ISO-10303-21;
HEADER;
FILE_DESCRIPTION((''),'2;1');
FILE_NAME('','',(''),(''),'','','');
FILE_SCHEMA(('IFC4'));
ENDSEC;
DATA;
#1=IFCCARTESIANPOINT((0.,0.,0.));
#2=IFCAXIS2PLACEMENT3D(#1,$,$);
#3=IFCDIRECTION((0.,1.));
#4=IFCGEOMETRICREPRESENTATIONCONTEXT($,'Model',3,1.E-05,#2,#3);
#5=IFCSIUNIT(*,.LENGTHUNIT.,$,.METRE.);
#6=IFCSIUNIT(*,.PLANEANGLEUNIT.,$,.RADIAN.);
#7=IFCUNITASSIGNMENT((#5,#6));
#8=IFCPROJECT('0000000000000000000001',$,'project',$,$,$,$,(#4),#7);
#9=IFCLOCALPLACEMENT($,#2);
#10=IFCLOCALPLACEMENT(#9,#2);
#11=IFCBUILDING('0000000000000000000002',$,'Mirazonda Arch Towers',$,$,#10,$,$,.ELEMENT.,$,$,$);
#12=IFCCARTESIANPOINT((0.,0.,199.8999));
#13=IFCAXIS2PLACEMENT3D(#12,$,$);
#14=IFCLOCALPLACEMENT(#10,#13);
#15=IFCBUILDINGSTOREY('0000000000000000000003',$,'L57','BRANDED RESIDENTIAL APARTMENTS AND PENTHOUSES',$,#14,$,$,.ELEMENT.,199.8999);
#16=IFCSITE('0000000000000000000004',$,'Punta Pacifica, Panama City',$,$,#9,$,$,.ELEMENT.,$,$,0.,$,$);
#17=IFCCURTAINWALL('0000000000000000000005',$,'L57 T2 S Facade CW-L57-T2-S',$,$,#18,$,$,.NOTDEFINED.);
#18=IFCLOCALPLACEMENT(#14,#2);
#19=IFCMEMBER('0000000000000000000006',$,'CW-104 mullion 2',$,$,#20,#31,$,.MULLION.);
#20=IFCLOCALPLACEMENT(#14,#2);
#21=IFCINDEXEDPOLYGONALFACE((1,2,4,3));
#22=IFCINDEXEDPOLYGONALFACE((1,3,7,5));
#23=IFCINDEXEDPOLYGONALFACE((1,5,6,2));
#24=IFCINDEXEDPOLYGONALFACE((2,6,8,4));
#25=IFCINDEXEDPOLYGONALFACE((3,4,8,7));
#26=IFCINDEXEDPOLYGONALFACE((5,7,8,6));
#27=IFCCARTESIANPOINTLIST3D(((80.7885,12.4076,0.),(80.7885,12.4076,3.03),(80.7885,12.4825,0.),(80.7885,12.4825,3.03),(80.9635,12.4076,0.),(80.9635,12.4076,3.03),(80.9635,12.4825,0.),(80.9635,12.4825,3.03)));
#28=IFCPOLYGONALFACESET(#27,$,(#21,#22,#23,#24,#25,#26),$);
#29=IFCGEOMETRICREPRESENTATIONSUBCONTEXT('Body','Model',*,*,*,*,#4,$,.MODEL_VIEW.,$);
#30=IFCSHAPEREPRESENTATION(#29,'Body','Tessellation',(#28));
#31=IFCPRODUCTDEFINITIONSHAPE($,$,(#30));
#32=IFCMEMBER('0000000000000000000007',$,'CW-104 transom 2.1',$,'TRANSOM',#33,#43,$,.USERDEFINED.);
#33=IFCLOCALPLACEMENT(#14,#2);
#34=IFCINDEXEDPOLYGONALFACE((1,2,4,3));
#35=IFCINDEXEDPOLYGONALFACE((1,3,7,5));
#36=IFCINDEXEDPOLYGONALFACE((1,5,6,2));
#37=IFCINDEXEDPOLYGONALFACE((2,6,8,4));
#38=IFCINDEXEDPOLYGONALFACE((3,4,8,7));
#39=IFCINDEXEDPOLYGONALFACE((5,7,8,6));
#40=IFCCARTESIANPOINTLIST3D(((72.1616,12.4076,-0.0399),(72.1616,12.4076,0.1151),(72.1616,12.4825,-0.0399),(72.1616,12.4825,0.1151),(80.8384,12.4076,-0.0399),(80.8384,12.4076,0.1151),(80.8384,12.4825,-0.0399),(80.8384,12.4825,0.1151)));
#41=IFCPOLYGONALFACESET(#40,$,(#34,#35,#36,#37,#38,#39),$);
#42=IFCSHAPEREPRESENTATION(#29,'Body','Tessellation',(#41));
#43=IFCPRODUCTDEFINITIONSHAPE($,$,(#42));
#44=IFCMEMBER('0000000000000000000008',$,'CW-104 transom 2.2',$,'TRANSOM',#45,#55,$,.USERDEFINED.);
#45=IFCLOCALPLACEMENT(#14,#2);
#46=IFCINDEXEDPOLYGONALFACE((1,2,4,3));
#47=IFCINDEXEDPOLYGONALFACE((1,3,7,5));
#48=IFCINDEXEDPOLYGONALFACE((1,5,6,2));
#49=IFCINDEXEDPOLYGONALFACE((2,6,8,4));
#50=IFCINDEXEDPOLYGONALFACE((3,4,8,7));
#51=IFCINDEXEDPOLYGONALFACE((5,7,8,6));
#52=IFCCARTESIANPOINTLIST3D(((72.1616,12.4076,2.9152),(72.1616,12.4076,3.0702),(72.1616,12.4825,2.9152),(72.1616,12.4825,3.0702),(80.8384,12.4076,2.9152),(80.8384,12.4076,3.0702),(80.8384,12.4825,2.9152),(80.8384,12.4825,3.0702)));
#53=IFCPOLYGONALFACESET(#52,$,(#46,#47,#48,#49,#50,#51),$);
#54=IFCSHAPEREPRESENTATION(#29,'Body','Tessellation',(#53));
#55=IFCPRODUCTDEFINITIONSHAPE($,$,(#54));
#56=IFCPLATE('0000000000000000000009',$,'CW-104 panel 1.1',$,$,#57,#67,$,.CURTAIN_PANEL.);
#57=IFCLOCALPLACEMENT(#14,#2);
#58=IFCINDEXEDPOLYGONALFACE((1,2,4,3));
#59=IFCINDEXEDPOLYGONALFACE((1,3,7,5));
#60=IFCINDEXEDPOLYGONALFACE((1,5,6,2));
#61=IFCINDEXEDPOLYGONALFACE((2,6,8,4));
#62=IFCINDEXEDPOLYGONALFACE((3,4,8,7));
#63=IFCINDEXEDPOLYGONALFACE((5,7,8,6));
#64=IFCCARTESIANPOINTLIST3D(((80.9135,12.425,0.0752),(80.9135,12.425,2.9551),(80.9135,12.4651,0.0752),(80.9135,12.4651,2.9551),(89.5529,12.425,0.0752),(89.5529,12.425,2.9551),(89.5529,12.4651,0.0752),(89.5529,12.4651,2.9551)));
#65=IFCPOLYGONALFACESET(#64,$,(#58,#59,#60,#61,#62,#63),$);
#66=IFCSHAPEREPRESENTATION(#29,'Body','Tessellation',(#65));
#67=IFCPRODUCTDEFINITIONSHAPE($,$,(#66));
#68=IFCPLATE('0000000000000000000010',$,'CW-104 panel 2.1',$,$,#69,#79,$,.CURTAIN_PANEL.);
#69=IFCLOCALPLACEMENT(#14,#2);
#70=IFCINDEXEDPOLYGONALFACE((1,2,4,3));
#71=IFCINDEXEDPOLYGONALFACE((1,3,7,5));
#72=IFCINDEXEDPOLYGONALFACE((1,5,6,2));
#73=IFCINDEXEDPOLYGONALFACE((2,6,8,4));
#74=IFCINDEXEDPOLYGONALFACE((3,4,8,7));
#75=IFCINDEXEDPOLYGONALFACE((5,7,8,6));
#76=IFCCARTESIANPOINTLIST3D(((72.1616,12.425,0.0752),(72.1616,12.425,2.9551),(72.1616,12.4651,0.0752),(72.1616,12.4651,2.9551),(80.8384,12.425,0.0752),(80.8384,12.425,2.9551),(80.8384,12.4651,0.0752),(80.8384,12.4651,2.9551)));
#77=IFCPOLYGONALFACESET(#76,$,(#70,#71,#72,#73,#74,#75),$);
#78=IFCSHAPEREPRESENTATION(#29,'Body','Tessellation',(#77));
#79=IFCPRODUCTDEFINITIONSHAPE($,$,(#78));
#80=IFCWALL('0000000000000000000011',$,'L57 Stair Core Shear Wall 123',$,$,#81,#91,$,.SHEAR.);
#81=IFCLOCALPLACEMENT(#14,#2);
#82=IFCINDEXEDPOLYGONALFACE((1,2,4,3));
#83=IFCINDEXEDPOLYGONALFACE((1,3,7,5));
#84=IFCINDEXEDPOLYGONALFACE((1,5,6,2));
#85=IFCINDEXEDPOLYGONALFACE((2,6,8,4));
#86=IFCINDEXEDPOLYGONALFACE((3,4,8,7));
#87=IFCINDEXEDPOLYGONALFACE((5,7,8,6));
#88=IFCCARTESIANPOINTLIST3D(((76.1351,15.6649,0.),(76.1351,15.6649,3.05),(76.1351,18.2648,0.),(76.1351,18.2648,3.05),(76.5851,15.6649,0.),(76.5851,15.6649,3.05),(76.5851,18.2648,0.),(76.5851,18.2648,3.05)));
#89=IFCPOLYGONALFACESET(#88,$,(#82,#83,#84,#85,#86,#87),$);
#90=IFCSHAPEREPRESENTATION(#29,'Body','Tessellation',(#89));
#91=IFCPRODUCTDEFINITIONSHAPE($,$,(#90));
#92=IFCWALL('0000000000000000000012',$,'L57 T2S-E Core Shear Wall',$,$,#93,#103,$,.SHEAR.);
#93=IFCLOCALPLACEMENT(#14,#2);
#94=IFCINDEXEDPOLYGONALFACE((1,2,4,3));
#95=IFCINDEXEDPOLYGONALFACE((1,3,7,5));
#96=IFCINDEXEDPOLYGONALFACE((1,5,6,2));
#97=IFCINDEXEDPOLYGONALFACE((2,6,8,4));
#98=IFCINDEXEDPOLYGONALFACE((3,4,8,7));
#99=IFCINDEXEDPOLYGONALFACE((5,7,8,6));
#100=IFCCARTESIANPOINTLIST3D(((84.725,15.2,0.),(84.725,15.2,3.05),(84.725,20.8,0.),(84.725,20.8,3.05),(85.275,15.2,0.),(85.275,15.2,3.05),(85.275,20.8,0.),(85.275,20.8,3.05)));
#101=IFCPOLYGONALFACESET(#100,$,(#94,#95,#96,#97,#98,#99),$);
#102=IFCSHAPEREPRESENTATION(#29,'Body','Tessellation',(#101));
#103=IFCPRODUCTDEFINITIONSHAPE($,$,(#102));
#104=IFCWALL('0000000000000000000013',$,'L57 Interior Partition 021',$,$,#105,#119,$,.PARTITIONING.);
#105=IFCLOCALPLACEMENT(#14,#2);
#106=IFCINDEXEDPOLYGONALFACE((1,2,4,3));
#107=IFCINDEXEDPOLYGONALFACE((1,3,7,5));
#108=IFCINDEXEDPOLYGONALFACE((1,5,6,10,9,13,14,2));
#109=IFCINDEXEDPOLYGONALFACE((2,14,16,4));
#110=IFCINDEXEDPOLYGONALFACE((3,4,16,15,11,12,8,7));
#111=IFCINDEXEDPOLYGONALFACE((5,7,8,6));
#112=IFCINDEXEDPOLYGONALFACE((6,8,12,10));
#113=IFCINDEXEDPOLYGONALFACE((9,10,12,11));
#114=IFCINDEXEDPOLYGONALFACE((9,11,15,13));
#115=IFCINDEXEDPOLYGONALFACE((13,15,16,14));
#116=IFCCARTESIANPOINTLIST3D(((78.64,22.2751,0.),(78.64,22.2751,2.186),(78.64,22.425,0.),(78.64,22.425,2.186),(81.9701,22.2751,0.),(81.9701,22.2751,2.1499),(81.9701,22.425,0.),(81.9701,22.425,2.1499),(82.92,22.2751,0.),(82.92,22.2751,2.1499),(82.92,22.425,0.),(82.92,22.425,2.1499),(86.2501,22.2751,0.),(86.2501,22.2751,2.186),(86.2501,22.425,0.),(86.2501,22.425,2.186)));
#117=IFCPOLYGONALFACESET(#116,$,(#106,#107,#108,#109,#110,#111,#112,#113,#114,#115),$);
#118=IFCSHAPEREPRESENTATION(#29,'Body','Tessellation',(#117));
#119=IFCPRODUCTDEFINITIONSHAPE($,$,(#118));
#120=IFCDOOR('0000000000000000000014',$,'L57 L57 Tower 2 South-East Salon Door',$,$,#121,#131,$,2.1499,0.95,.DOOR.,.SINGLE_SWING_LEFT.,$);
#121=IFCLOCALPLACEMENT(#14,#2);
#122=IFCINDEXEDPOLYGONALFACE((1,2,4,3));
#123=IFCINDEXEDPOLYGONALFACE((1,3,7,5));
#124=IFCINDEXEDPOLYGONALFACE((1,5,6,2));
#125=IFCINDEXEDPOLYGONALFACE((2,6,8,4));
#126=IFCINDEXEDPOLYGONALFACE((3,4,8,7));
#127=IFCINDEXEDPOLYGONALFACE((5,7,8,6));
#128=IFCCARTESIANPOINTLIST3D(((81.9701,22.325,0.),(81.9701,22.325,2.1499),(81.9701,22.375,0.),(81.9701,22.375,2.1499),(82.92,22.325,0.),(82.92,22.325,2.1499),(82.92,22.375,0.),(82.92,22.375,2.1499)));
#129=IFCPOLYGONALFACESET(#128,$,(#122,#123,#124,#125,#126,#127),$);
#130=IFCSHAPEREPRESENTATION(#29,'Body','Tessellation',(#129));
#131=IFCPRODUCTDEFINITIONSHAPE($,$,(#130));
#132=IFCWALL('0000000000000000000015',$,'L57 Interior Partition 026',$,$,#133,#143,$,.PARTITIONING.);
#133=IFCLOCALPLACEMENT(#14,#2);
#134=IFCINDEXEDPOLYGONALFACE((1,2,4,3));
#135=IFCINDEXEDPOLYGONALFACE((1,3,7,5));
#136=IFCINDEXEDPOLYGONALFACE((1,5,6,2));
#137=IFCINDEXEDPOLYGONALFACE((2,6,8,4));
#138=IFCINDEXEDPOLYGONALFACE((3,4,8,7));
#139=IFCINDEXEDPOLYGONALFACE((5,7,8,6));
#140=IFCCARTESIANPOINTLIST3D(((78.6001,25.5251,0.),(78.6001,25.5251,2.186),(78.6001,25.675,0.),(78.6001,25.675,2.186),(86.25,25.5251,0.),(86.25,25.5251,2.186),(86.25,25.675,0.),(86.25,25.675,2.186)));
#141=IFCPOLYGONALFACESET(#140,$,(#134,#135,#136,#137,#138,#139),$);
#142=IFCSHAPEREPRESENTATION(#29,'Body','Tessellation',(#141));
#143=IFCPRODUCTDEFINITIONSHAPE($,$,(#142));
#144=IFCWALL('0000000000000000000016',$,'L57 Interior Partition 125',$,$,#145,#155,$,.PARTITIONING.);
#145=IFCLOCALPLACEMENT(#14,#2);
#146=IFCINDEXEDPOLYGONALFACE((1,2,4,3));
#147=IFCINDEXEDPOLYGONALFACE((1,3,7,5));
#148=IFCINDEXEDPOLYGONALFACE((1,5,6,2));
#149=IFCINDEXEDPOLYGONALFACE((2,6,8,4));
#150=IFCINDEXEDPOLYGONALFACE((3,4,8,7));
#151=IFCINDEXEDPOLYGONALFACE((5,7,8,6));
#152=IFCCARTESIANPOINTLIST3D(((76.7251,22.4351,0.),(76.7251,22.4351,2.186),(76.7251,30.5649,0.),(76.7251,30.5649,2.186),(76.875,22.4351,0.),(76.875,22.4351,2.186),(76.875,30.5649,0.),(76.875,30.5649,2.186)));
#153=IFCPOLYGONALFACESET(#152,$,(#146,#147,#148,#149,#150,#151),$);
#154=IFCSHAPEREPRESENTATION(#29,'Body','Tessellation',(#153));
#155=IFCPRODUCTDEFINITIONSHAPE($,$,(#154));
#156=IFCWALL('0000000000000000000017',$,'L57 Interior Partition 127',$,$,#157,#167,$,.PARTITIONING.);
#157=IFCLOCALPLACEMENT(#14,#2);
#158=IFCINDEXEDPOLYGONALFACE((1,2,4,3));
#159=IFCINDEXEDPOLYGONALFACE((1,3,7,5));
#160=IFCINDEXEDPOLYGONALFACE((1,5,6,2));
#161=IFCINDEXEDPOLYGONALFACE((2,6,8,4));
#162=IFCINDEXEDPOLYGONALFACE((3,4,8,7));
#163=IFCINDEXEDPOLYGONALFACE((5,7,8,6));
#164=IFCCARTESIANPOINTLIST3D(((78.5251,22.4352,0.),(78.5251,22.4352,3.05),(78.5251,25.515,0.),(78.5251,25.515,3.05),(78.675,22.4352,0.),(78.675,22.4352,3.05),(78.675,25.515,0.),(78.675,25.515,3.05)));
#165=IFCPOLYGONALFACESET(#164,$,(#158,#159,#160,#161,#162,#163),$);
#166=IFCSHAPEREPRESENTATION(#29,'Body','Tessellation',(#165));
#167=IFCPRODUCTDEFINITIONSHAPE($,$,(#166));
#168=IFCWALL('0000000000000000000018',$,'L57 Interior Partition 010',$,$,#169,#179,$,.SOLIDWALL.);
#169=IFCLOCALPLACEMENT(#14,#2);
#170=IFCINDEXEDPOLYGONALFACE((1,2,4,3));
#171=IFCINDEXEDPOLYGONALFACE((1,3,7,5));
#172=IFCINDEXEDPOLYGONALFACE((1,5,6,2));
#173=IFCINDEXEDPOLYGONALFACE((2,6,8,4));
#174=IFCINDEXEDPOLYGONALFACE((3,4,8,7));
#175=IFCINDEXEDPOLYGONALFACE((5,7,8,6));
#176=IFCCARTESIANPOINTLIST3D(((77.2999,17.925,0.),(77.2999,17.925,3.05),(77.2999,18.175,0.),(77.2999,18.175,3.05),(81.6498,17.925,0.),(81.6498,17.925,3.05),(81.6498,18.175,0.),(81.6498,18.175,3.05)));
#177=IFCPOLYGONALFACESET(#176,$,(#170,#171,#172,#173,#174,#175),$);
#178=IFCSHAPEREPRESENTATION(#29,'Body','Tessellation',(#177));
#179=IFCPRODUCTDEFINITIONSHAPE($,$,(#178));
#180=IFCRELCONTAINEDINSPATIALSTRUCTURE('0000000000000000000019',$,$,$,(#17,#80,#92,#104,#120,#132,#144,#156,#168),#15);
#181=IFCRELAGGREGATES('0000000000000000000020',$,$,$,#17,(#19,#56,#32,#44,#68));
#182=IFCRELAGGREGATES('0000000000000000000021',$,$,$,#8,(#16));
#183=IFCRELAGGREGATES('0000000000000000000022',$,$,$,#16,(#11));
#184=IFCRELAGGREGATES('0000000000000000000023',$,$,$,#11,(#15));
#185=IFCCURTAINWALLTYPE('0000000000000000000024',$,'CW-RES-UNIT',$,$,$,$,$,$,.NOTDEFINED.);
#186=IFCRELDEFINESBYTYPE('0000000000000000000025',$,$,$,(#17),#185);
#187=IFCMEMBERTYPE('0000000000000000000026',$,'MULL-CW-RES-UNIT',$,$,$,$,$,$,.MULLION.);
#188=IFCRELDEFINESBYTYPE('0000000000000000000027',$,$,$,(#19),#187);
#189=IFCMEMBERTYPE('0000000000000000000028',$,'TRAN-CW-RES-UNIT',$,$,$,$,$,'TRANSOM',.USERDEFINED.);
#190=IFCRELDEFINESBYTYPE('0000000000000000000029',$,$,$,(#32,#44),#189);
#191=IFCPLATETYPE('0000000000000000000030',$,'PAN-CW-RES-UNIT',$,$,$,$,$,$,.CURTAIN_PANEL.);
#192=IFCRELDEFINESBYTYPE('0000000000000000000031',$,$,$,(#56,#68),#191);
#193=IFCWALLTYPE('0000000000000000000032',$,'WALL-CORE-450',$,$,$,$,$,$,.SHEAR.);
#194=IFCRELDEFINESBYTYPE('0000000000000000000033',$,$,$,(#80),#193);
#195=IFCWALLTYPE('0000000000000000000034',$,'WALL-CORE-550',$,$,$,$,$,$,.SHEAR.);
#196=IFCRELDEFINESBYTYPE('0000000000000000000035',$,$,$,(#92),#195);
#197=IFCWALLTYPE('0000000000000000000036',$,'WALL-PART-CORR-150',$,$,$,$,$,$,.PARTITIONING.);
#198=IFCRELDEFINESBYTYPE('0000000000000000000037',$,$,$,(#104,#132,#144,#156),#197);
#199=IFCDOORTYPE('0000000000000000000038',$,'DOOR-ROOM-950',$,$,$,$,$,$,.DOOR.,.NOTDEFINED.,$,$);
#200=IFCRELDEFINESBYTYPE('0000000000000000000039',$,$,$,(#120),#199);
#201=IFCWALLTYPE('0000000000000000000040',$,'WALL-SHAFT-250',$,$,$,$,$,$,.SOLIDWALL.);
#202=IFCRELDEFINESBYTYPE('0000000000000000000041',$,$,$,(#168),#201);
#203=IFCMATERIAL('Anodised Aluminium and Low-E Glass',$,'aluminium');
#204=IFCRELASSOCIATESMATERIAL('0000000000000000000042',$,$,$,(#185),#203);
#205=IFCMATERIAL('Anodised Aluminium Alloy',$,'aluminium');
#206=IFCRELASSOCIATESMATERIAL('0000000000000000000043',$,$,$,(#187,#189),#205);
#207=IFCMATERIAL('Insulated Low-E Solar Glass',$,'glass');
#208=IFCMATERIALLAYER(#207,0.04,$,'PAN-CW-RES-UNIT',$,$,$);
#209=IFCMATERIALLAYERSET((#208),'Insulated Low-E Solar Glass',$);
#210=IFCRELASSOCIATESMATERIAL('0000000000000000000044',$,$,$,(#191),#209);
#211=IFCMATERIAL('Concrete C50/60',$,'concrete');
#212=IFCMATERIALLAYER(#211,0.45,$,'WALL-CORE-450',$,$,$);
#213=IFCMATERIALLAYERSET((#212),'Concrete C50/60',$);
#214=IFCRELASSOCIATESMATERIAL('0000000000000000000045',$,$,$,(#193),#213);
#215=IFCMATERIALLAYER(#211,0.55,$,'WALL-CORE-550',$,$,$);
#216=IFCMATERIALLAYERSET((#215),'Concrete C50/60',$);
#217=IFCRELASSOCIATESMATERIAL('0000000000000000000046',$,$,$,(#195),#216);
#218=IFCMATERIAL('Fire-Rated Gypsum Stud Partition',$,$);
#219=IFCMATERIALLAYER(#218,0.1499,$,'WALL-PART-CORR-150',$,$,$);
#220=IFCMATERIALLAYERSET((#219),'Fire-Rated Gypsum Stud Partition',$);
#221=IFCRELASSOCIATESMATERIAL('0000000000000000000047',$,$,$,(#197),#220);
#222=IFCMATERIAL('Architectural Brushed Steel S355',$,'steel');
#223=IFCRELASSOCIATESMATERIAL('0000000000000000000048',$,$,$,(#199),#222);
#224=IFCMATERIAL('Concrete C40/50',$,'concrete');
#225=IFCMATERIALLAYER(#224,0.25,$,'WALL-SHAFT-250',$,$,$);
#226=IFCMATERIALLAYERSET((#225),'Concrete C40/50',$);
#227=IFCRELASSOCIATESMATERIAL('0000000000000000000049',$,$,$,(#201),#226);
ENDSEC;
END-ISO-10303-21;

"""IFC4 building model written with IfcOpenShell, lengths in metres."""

from ifc_helpers import new_model, si_unit, direction, frame, frame_2d, origin, origin_2d, place, context, subcontext, project, spatial, rectangle, extrude, material, layer, layer_set, material_profile, profile_set, type_object, element, fill, aggregate, save


model = new_model("IFC4")

# Units and contexts
model_context = context("Model", 3, precision=1e-05, world=origin(), true_north=direction((0.0, 1.0)))
body_context = subcontext(model_context, "Body", "Model", "MODEL_VIEW")
ifc_project = project(units=[si_unit("LENGTHUNIT", "METRE"), si_unit("PLANEANGLEUNIT", "RADIAN")], contexts=[model_context])

# Site, building, storey
site_placement = place(None, origin())
site = spatial("IfcSite", under=ifc_project, at=site_placement, Name="Punta Pacifica, Panama City", CompositionType="ELEMENT", RefElevation=0.0)
building_placement = place(site_placement, origin())
building = spatial("IfcBuilding", under=site, at=building_placement, Name="Mirazonda Arch Towers", CompositionType="ELEMENT")
storey_placement = place(building_placement, frame((0.0, 0.0, 199.8999)))
storey = spatial("IfcBuildingStorey", under=building, at=storey_placement, Name="L57", Description="BRANDED RESIDENTIAL APARTMENTS AND PENTHOUSES", CompositionType="ELEMENT", Elevation=199.8999)

# Shared definitions
ifc_material_1 = material(Name="Concrete C50/60", Category="concrete")

# Curtain wall, members, plates
ifc_material_2 = material(Name="Anodised Aluminium and Low-E Glass", Category="aluminium")
curtain_wall_type = type_object("IfcCurtainWallType", Name="CW-RES-UNIT", PredefinedType="NOTDEFINED", material=ifc_material_2)
curtain_wall_placement = place(storey_placement, origin())
curtain_wall = element("IfcCurtainWall", 1, at=curtain_wall_placement, inside=storey, type_object=curtain_wall_type, Name="L57 T2 S Facade CW-L57-T2-S", PredefinedType="NOTDEFINED")
ifc_material_3 = material(Name="Anodised Aluminium Alloy", Category="aluminium")
ifc_material_profile_1 = material_profile(ifc_material_3, rectangle(XDim=0.075, YDim=0.175, at=origin_2d()), Name="ALU-MULL-75x175")
ifc_profile_set_1 = profile_set([ifc_material_profile_1], Name="Anodised Aluminium Alloy")
member_type_1 = type_object("IfcMemberType", Name="MULL-CW-RES-UNIT", PredefinedType="MULLION", material=ifc_profile_set_1)
member_1_placement = place(storey_placement, frame((80.876, 12.4451, 0.0), z_axis=(0.0, 0.0, 1.0), x_axis=(0.0, -1.0, 0.0)))
member_1 = element("IfcMember", 2, at=member_1_placement, type_object=member_type_1, Name="CW-104 mullion 2", PredefinedType="MULLION", context=body_context, shape_type="SweptSolid", body=[
    extrude(rectangle(XDim=0.075, YDim=0.175, at=origin_2d()), origin(), (0.0, 0.0, 1.0), 3.03),
])
ifc_material_profile_2 = material_profile(ifc_material_3, rectangle(XDim=0.075, YDim=0.155, at=origin_2d()), Name="ALU-TRAN-75x155")
ifc_profile_set_2 = profile_set([ifc_material_profile_2], Name="Anodised Aluminium Alloy")
member_type_2 = type_object("IfcMemberType", Name="TRAN-CW-RES-UNIT", ElementType="TRANSOM", PredefinedType="USERDEFINED", material=ifc_profile_set_2)
member_2_placement = place(storey_placement, frame((80.8384, 12.4451, 0.0376), z_axis=(-1.0, 0.0, 0.0), x_axis=(0.0, -1.0, 0.0)))
member_2 = element("IfcMember", 3, at=member_2_placement, type_object=member_type_2, Name="CW-104 transom 2.1", ObjectType="TRANSOM", PredefinedType="USERDEFINED", context=body_context, shape_type="SweptSolid", body=[
    extrude(rectangle(XDim=0.075, YDim=0.155, at=origin_2d()), origin(), (0.0, 0.0, 1.0), 8.6768),
])
member_3_placement = place(storey_placement, frame((80.8384, 12.4451, 2.9927), z_axis=(-1.0, 0.0, 0.0), x_axis=(0.0, -1.0, 0.0)))
member_3 = element("IfcMember", 4, at=member_3_placement, type_object=member_type_2, Name="CW-104 transom 2.2", ObjectType="TRANSOM", PredefinedType="USERDEFINED", context=body_context, shape_type="SweptSolid", body=[
    extrude(rectangle(XDim=0.075, YDim=0.155, at=origin_2d()), origin(), (0.0, 0.0, 1.0), 8.6768),
])
ifc_material_4 = material(Name="Insulated Low-E Solar Glass", Category="glass")
ifc_layer_1 = layer(ifc_material_4, 0.04, Name="PAN-CW-RES-UNIT")
ifc_layer_set_1 = layer_set([ifc_layer_1], Name="Insulated Low-E Solar Glass")
plate_type = type_object("IfcPlateType", Name="PAN-CW-RES-UNIT", PredefinedType="CURTAIN_PANEL", material=ifc_layer_set_1)
plate_1_placement = place(storey_placement, frame((85.2332, 12.4451, 0.0752), z_axis=(0.0, 0.0, 1.0), x_axis=(-1.0, 0.0, 0.0)))
plate_1 = element("IfcPlate", 5, at=plate_1_placement, type_object=plate_type, Name="CW-104 panel 1.1", PredefinedType="CURTAIN_PANEL", context=body_context, shape_type="SweptSolid", body=[
    extrude(rectangle(XDim=8.6394, YDim=0.04, at=origin_2d()), origin(), (0.0, 0.0, 1.0), 2.8799),
])
plate_2_placement = place(storey_placement, frame((76.5, 12.4451, 0.0752), z_axis=(0.0, 0.0, 1.0), x_axis=(-1.0, 0.0, 0.0)))
plate_2 = element("IfcPlate", 6, at=plate_2_placement, type_object=plate_type, Name="CW-104 panel 2.1", PredefinedType="CURTAIN_PANEL", context=body_context, shape_type="SweptSolid", body=[
    extrude(rectangle(XDim=8.6768, YDim=0.04, at=origin_2d()), origin(), (0.0, 0.0, 1.0), 2.8799),
])
aggregate(curtain_wall, [member_1, plate_1, member_2, member_3, plate_2])

# Walls
ifc_layer_2 = layer(ifc_material_1, 0.45, Name="WALL-CORE-450")
ifc_layer_set_2 = layer_set([ifc_layer_2], Name="Concrete C50/60")
wall_type_1 = type_object("IfcWallType", Name="WALL-CORE-450", PredefinedType="SHEAR", material=ifc_layer_set_2)
wall_1_placement = place(storey_placement, frame((76.3601, 15.665, 0.0), z_axis=(0.0, 0.0, 1.0), x_axis=(0.0, 1.0, 0.0)))
element("IfcWall", 7, at=wall_1_placement, inside=storey, type_object=wall_type_1, Name="L57 Stair Core Shear Wall 123", PredefinedType="SHEAR", context=body_context, shape_type="SweptSolid", body=[
    extrude(rectangle(XDim=2.5999, YDim=0.45, at=frame_2d((1.2998, 0.0))), origin(), (0.0, 0.0, 1.0), 3.05),
])
ifc_layer_3 = layer(ifc_material_1, 0.55, Name="WALL-CORE-550")
ifc_layer_set_3 = layer_set([ifc_layer_3], Name="Concrete C50/60")
wall_type_2 = type_object("IfcWallType", Name="WALL-CORE-550", PredefinedType="SHEAR", material=ifc_layer_set_3)
wall_2_placement = place(storey_placement, frame((85.0, 15.2, 0.0), z_axis=(0.0, 0.0, 1.0), x_axis=(0.0, 1.0, 0.0)))
element("IfcWall", 8, at=wall_2_placement, inside=storey, type_object=wall_type_2, Name="L57 T2S-E Core Shear Wall", PredefinedType="SHEAR", context=body_context, shape_type="SweptSolid", body=[
    extrude(rectangle(XDim=5.6001, YDim=0.55, at=frame_2d((2.8, 0.0))), origin(), (0.0, 0.0, 1.0), 3.05),
])

# Wall, opening, door
ifc_material_5 = material(Name="Fire-Rated Gypsum Stud Partition")
ifc_layer_4 = layer(ifc_material_5, 0.1499, Name="WALL-PART-CORR-150")
ifc_layer_set_4 = layer_set([ifc_layer_4], Name="Fire-Rated Gypsum Stud Partition")
wall_type_3 = type_object("IfcWallType", Name="WALL-PART-CORR-150", PredefinedType="PARTITIONING", material=ifc_layer_set_4)
wall_3_placement = place(storey_placement, frame((78.6399, 22.3501, 0.0), z_axis=(0.0, 0.0, 1.0), x_axis=(1.0, 0.0, 0.0)))
wall_3 = element("IfcWall", 9, at=wall_3_placement, inside=storey, type_object=wall_type_3, Name="L57 Interior Partition 021", PredefinedType="PARTITIONING", context=body_context, shape_type="SweptSolid", body=[
    extrude(rectangle(XDim=7.6101, YDim=0.1499, at=frame_2d((3.8052, 0.0))), origin(), (0.0, 0.0, 1.0), 2.186),
])
opening_placement = place(wall_3_placement, frame((3.3301, 0.0, 0.0)))
opening = element("IfcOpeningElement", 10, at=opening_placement, cuts=wall_3, PredefinedType="OPENING", context=body_context, shape_type="SweptSolid", body=[
    extrude(rectangle(XDim=0.95, YDim=2.1499, at=frame_2d((0.4751, 1.075))), frame((0.0, 0.085, 0.0), z_axis=(0.0, -1.0, 0.0), x_axis=(1.0, 0.0, 0.0)), (0.0, 0.0, 1.0), 0.1699),
])
ifc_material_6 = material(Name="Architectural Brushed Steel S355", Category="steel")
door_type = type_object("IfcDoorType", Name="DOOR-ROOM-950", OperationType="NOTDEFINED", PredefinedType="DOOR", material=ifc_material_6)
door_placement = place(opening_placement, origin())
door = element("IfcDoor", 11, at=door_placement, inside=storey, type_object=door_type, Name="L57 L57 Tower 2 South-East Salon Door", OperationType="SINGLE_SWING_LEFT", OverallHeight=2.1499, OverallWidth=0.95, PredefinedType="DOOR", context=body_context, shape_type="SweptSolid", body=[
    extrude(rectangle(XDim=0.95, YDim=2.1499, at=frame_2d((0.4751, 1.075))), frame((0.0, 0.0249, 0.0), z_axis=(0.0, -1.0, 0.0), x_axis=(1.0, 0.0, 0.0)), (0.0, 0.0, 1.0), 0.05),
])
fill(opening, door)

# Walls
wall_4_placement = place(storey_placement, frame((78.6001, 25.6001, 0.0), z_axis=(0.0, 0.0, 1.0), x_axis=(1.0, 0.0, 0.0)))
element("IfcWall", 12, at=wall_4_placement, inside=storey, type_object=wall_type_3, Name="L57 Interior Partition 026", PredefinedType="PARTITIONING", context=body_context, shape_type="SweptSolid", body=[
    extrude(rectangle(XDim=7.6499, YDim=0.1499, at=frame_2d((3.825, 0.0))), origin(), (0.0, 0.0, 1.0), 2.186),
])
wall_5_placement = place(storey_placement, frame((76.8, 22.4351, 0.0), z_axis=(0.0, 0.0, 1.0), x_axis=(0.0, 1.0, 0.0)))
element("IfcWall", 13, at=wall_5_placement, inside=storey, type_object=wall_type_3, Name="L57 Interior Partition 125", PredefinedType="PARTITIONING", context=body_context, shape_type="SweptSolid", body=[
    extrude(rectangle(XDim=8.1299, YDim=0.1499, at=frame_2d((4.0649, 0.0))), origin(), (0.0, 0.0, 1.0), 2.186),
])
wall_6_placement = place(storey_placement, frame((78.6001, 22.4351, 0.0), z_axis=(0.0, 0.0, 1.0), x_axis=(0.0, 1.0, 0.0)))
element("IfcWall", 14, at=wall_6_placement, inside=storey, type_object=wall_type_3, Name="L57 Interior Partition 127", PredefinedType="PARTITIONING", context=body_context, shape_type="SweptSolid", body=[
    extrude(rectangle(XDim=3.0798, YDim=0.1499, at=frame_2d((1.54, 0.0))), origin(), (0.0, 0.0, 1.0), 3.05),
])
ifc_material_7 = material(Name="Concrete C40/50", Category="concrete")
ifc_layer_5 = layer(ifc_material_7, 0.25, Name="WALL-SHAFT-250")
ifc_layer_set_5 = layer_set([ifc_layer_5], Name="Concrete C40/50")
wall_type_4 = type_object("IfcWallType", Name="WALL-SHAFT-250", PredefinedType="SOLIDWALL", material=ifc_layer_set_5)
wall_7_placement = place(storey_placement, frame((77.3, 18.05, 0.0), z_axis=(0.0, 0.0, 1.0), x_axis=(1.0, 0.0, 0.0)))
element("IfcWall", 15, at=wall_7_placement, inside=storey, type_object=wall_type_4, Name="L57 Interior Partition 010", PredefinedType="SOLIDWALL", context=body_context, shape_type="SweptSolid", body=[
    extrude(rectangle(XDim=4.3499, YDim=0.25, at=frame_2d((2.1748, 0.0))), origin(), (0.0, 0.0, 1.0), 3.05),
])

save(model, "model.ifc")
